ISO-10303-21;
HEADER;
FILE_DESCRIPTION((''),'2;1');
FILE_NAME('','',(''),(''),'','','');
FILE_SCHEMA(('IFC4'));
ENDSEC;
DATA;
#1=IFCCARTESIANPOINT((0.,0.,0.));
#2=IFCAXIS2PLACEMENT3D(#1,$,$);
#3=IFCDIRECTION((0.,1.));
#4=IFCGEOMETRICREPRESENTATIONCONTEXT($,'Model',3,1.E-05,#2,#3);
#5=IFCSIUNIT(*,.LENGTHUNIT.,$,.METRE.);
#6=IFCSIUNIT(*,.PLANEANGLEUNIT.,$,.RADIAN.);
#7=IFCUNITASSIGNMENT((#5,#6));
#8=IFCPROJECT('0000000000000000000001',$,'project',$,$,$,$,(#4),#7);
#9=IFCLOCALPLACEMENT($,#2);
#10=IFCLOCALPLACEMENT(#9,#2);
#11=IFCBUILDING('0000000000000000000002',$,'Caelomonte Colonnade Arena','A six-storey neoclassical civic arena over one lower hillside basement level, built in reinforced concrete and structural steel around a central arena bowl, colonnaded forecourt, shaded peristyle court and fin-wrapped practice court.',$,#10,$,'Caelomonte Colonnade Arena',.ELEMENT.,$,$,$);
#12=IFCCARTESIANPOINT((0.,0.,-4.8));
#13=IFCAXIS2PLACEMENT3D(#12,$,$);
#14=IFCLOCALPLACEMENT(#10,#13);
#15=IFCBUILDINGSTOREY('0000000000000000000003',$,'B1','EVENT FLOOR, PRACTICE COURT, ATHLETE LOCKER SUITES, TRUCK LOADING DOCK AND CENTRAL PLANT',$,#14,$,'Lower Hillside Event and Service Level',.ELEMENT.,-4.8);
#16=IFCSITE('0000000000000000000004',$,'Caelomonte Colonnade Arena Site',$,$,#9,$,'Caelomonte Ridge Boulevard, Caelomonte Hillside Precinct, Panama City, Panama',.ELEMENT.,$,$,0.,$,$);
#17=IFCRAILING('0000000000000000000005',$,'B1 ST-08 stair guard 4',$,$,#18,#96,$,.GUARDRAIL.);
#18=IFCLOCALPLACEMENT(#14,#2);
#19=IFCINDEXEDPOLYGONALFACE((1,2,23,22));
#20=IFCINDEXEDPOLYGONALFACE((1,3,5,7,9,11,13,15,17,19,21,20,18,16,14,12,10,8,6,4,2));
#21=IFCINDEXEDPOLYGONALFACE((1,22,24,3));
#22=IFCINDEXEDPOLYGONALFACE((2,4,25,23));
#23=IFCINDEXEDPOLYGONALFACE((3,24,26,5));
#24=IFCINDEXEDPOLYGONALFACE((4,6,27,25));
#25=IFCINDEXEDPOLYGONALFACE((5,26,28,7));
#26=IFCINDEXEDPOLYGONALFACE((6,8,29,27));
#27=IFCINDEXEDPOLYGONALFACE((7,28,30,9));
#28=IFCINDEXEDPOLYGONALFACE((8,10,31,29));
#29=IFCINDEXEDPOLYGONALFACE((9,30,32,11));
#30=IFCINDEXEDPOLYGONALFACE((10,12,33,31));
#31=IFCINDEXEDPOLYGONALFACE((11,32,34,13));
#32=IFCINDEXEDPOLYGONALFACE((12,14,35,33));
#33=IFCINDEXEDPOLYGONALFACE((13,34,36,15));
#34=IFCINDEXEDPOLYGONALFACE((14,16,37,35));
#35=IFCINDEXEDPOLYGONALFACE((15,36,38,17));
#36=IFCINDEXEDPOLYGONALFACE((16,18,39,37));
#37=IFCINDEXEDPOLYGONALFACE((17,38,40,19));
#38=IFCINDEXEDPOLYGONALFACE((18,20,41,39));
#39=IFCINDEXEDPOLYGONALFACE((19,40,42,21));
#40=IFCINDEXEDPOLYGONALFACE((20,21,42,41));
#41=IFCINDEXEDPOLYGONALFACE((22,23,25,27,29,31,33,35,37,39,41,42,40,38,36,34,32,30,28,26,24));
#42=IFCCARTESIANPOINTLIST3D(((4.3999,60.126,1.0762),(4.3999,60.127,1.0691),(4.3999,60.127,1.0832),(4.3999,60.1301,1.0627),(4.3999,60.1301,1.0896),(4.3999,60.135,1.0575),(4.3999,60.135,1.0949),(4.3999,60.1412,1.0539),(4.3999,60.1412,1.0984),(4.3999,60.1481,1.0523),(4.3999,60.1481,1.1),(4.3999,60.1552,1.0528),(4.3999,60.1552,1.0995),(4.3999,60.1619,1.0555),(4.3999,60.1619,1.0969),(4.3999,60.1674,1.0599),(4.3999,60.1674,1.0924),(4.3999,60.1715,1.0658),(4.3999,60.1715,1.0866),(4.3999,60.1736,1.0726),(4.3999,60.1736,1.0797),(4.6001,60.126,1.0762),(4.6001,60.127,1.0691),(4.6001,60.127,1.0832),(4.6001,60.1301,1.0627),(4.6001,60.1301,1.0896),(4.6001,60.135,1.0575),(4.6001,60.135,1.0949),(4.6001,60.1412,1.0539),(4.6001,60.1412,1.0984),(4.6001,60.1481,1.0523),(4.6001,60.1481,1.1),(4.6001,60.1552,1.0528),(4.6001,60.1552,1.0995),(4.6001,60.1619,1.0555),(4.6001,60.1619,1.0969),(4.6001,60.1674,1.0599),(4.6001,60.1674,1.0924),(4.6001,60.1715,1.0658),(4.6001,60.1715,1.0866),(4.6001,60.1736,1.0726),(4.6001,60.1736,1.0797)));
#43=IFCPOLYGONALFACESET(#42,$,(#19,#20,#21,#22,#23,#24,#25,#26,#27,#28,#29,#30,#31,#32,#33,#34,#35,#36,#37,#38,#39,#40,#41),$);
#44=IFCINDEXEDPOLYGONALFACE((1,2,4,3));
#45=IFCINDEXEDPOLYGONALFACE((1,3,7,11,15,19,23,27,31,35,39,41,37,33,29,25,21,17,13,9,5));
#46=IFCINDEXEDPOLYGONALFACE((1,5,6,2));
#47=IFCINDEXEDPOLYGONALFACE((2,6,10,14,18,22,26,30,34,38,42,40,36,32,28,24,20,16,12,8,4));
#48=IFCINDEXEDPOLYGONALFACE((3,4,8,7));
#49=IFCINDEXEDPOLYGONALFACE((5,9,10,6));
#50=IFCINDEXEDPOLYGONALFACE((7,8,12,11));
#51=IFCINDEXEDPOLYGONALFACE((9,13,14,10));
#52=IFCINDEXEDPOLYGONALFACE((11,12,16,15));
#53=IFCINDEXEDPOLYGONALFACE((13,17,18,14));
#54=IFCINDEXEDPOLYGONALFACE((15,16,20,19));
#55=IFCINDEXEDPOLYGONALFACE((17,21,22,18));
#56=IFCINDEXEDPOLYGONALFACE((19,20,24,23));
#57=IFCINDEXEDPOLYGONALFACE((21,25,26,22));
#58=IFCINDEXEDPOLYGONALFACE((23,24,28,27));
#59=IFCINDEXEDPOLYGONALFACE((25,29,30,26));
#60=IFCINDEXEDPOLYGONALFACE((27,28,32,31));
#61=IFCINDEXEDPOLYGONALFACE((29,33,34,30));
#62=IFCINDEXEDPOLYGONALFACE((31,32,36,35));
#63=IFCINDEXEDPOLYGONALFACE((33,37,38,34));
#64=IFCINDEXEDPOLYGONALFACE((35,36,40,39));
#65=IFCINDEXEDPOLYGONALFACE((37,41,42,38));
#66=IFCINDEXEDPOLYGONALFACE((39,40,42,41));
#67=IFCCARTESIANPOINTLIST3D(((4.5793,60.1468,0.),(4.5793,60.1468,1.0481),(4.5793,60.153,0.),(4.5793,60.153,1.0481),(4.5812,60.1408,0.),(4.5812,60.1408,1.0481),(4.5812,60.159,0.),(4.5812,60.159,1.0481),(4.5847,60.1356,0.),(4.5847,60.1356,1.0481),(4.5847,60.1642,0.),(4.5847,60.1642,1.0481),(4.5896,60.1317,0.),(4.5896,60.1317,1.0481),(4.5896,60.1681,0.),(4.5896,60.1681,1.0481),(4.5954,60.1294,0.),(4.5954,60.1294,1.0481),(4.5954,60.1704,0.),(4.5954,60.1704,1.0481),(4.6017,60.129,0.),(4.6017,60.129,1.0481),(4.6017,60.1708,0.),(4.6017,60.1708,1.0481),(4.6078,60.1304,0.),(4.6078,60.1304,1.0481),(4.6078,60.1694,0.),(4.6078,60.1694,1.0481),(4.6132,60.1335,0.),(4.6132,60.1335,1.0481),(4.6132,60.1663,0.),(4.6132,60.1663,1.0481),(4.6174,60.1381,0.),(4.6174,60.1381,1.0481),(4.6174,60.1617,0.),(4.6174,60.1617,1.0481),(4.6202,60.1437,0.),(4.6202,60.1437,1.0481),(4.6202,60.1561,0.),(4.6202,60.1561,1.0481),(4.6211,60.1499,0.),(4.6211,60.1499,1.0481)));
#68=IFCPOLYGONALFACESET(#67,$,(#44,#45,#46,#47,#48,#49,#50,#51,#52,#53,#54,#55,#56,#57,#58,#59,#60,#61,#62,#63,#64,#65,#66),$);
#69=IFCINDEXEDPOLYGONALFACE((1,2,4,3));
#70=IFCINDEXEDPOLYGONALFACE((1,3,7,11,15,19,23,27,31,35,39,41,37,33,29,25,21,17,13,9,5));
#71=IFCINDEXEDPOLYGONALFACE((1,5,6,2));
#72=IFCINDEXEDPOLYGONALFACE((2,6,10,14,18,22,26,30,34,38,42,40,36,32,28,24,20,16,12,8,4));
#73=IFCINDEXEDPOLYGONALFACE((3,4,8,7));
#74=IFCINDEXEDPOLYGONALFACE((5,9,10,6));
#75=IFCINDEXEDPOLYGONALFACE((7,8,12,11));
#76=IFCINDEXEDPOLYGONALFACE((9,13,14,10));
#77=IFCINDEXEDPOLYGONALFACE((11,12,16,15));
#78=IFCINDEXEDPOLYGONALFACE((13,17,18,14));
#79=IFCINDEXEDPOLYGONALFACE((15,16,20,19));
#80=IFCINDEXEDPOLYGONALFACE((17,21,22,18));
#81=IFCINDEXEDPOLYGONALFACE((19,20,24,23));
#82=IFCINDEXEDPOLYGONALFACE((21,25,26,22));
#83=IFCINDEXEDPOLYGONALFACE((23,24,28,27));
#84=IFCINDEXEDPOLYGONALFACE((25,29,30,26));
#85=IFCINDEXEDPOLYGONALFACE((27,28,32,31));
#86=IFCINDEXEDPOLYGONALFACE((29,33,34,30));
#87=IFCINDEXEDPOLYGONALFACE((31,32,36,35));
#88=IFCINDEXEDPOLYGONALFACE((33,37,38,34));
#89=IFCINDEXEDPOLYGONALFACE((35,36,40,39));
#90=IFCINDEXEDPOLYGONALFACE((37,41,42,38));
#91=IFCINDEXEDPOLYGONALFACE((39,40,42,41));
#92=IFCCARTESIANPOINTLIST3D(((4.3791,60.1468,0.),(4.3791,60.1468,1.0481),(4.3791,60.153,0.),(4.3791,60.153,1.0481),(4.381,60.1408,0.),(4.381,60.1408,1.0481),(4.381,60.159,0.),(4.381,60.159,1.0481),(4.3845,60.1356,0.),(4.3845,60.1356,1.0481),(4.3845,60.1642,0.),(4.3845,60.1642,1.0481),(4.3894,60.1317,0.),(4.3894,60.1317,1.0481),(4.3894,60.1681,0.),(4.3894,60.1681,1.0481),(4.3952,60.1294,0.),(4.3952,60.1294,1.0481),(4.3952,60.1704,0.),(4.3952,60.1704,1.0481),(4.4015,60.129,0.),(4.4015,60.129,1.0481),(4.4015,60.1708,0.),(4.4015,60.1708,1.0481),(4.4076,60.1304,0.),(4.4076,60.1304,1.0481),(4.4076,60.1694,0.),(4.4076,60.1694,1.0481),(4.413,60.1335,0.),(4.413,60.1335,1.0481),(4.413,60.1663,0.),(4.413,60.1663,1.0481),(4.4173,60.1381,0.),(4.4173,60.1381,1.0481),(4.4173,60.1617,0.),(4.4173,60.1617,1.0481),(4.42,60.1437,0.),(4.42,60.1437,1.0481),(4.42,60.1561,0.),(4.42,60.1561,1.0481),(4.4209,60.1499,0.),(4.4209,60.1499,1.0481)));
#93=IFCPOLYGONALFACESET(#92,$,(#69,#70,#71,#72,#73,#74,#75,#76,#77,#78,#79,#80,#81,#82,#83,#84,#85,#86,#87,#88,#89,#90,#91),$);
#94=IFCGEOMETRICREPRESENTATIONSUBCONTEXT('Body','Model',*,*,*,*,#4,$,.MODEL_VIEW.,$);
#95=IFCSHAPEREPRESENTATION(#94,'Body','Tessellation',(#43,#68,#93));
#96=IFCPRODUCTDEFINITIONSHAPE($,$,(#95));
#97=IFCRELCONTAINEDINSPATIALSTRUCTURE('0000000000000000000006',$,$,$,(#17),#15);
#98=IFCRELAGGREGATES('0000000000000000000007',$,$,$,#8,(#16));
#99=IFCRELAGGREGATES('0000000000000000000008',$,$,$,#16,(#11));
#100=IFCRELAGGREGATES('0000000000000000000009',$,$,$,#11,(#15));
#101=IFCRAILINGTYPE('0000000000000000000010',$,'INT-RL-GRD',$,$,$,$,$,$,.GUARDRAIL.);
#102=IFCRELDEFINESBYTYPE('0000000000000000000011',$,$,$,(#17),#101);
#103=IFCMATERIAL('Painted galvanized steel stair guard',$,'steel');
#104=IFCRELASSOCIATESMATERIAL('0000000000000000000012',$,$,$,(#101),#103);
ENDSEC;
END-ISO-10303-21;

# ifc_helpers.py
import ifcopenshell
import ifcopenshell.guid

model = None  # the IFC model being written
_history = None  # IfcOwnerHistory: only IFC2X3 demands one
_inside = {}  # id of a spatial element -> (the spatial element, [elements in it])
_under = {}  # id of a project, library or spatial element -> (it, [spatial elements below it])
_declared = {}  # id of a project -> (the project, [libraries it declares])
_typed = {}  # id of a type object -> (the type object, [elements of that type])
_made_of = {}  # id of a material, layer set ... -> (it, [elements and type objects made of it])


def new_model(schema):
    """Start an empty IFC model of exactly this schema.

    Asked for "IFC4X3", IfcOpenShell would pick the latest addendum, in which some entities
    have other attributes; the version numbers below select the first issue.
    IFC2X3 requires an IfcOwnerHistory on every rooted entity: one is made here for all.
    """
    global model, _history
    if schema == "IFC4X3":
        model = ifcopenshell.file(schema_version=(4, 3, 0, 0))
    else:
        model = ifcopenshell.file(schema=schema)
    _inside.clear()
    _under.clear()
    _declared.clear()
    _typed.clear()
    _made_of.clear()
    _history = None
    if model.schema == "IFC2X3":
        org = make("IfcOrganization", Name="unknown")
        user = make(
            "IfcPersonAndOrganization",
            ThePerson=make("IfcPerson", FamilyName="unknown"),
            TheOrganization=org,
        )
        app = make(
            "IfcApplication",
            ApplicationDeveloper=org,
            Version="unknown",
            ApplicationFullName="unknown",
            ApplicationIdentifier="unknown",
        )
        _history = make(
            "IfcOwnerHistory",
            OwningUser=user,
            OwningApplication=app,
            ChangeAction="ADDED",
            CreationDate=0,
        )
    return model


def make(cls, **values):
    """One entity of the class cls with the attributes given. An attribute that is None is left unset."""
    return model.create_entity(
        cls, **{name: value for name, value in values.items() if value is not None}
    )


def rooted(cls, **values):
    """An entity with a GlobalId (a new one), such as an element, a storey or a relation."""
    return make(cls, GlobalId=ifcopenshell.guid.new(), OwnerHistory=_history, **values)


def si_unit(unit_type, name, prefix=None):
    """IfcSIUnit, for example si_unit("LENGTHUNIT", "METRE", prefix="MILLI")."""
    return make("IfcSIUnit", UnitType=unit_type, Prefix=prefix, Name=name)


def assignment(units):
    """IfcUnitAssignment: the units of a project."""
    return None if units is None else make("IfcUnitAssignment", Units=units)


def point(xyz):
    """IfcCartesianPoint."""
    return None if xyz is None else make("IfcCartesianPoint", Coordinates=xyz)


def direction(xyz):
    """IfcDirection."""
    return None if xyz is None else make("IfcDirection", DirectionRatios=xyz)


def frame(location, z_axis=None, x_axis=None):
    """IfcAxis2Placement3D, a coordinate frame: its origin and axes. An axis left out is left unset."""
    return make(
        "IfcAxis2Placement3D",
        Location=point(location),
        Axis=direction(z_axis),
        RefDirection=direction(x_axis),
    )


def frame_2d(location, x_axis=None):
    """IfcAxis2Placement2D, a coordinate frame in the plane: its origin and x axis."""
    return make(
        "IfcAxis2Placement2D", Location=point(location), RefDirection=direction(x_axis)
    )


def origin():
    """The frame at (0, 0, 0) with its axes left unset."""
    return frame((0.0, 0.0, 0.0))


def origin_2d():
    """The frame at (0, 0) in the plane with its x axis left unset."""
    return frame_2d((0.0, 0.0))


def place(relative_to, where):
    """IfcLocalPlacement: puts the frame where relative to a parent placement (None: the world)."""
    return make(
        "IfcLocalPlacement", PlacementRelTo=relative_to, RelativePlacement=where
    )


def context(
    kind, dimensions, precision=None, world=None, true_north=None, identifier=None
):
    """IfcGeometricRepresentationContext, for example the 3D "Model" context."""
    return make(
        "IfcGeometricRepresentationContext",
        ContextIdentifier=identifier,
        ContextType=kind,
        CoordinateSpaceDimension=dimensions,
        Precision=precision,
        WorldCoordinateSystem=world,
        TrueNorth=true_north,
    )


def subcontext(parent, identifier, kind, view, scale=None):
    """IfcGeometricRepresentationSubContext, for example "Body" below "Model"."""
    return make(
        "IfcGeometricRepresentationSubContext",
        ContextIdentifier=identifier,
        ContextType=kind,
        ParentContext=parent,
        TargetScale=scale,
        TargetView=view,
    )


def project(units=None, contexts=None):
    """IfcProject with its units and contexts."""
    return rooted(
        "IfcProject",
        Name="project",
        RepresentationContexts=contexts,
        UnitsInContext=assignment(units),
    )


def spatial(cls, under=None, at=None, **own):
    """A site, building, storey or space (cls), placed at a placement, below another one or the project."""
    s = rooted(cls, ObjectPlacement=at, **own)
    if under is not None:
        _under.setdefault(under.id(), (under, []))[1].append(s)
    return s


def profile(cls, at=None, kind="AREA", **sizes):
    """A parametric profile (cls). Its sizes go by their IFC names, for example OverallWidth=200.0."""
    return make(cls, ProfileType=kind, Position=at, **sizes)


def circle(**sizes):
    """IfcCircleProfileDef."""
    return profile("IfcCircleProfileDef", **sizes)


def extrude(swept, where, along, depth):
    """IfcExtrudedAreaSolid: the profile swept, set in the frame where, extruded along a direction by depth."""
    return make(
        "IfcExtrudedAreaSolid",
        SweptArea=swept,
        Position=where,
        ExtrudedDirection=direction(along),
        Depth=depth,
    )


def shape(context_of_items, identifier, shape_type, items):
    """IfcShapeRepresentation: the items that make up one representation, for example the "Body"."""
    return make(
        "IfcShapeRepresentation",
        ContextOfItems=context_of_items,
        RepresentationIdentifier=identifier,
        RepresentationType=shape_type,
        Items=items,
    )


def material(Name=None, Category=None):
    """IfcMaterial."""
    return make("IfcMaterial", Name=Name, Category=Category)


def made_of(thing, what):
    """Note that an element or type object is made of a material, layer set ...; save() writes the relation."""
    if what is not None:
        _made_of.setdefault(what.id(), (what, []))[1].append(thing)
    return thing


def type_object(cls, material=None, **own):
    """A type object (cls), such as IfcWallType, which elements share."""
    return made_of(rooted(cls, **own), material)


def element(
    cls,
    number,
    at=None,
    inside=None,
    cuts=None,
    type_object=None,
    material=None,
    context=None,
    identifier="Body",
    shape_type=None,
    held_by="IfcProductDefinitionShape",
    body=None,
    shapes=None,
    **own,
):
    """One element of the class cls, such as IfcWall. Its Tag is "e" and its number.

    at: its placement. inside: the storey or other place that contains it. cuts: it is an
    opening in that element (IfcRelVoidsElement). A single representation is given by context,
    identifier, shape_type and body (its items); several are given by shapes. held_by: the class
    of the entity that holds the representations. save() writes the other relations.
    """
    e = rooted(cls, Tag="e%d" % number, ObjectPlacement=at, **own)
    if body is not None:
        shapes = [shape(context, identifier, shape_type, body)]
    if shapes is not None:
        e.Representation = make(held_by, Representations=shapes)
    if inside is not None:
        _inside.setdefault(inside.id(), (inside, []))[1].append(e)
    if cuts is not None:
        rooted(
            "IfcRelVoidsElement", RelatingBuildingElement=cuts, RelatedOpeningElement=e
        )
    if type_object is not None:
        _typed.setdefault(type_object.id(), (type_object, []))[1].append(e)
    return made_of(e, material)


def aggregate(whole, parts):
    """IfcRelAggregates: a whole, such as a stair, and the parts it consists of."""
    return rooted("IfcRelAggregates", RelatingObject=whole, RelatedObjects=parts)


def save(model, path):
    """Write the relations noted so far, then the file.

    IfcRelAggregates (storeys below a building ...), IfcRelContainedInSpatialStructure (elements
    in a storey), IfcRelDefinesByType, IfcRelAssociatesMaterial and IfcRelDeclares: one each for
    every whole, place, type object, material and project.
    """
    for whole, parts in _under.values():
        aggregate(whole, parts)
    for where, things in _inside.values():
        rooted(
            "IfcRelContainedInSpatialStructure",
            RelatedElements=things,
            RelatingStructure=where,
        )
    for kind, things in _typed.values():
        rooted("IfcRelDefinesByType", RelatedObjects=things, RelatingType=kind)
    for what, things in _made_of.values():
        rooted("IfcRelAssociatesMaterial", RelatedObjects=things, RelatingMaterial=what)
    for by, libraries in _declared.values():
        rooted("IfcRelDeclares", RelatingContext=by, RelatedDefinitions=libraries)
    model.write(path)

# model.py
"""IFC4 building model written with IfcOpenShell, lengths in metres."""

from ifc_helpers import new_model, si_unit, direction, frame, origin, origin_2d, place, context, subcontext, project, spatial, circle, extrude, material, type_object, element, save


model = new_model("IFC4")

# Units and contexts
model_context = context("Model", 3, precision=1e-05, world=origin(), true_north=direction((0.0, 1.0)))
body_context = subcontext(model_context, "Body", "Model", "MODEL_VIEW")
ifc_project = project(units=[si_unit("LENGTHUNIT", "METRE"), si_unit("PLANEANGLEUNIT", "RADIAN")], contexts=[model_context])

# Site, building, storey
site_placement = place(None, origin())
site = spatial("IfcSite", under=ifc_project, at=site_placement, Name="Caelomonte Colonnade Arena Site", LongName="Caelomonte Ridge Boulevard, Caelomonte Hillside Precinct, Panama City, Panama", CompositionType="ELEMENT", RefElevation=0.0)
building_placement = place(site_placement, origin())
building = spatial("IfcBuilding", under=site, at=building_placement, Name="Caelomonte Colonnade Arena", Description="A six-storey neoclassical civic arena over one lower hillside basement level, built in reinforced concrete and structural steel around a central arena bowl, colonnaded forecourt, shaded peristyle court and fin-wrapped practice court.", LongName="Caelomonte Colonnade Arena", CompositionType="ELEMENT")
storey_placement = place(building_placement, frame((0.0, 0.0, -4.8)))
storey = spatial("IfcBuildingStorey", under=building, at=storey_placement, Name="B1", Description="EVENT FLOOR, PRACTICE COURT, ATHLETE LOCKER SUITES, TRUCK LOADING DOCK AND CENTRAL PLANT", LongName="Lower Hillside Event and Service Level", CompositionType="ELEMENT", Elevation=-4.8)

# Railing
ifc_material_1 = material(Name="Painted galvanized steel stair guard", Category="steel")
railing_type_1 = type_object("IfcRailingType", Name="INT-RL-GRD", PredefinedType="GUARDRAIL", material=ifc_material_1)
railing_1_placement = place(storey_placement, frame((4.6001, 60.1499, 0.0)))
element("IfcRailing", 1, at=railing_1_placement, inside=storey, type_object=railing_type_1, Name="B1 ST-08 stair guard 4", PredefinedType="GUARDRAIL", context=body_context, shape_type="SweptSolid", body=[
    extrude(circle(Radius=0.0239, at=origin_2d()), frame((0.0, 0.0, 1.0762), z_axis=(-1.0, 0.0, 0.0), x_axis=(0.0, -1.0, 0.0)), (0.0, 0.0, 1.0), 0.2002),
    extrude(circle(Radius=0.021, at=origin_2d()), origin(), (0.0, 0.0, 1.0), 1.0481),
    extrude(circle(Radius=0.021, at=origin_2d()), frame((-0.2002, 0.0, 0.0)), (0.0, 0.0, 1.0), 1.0481),
])

save(model, "model.ifc")
